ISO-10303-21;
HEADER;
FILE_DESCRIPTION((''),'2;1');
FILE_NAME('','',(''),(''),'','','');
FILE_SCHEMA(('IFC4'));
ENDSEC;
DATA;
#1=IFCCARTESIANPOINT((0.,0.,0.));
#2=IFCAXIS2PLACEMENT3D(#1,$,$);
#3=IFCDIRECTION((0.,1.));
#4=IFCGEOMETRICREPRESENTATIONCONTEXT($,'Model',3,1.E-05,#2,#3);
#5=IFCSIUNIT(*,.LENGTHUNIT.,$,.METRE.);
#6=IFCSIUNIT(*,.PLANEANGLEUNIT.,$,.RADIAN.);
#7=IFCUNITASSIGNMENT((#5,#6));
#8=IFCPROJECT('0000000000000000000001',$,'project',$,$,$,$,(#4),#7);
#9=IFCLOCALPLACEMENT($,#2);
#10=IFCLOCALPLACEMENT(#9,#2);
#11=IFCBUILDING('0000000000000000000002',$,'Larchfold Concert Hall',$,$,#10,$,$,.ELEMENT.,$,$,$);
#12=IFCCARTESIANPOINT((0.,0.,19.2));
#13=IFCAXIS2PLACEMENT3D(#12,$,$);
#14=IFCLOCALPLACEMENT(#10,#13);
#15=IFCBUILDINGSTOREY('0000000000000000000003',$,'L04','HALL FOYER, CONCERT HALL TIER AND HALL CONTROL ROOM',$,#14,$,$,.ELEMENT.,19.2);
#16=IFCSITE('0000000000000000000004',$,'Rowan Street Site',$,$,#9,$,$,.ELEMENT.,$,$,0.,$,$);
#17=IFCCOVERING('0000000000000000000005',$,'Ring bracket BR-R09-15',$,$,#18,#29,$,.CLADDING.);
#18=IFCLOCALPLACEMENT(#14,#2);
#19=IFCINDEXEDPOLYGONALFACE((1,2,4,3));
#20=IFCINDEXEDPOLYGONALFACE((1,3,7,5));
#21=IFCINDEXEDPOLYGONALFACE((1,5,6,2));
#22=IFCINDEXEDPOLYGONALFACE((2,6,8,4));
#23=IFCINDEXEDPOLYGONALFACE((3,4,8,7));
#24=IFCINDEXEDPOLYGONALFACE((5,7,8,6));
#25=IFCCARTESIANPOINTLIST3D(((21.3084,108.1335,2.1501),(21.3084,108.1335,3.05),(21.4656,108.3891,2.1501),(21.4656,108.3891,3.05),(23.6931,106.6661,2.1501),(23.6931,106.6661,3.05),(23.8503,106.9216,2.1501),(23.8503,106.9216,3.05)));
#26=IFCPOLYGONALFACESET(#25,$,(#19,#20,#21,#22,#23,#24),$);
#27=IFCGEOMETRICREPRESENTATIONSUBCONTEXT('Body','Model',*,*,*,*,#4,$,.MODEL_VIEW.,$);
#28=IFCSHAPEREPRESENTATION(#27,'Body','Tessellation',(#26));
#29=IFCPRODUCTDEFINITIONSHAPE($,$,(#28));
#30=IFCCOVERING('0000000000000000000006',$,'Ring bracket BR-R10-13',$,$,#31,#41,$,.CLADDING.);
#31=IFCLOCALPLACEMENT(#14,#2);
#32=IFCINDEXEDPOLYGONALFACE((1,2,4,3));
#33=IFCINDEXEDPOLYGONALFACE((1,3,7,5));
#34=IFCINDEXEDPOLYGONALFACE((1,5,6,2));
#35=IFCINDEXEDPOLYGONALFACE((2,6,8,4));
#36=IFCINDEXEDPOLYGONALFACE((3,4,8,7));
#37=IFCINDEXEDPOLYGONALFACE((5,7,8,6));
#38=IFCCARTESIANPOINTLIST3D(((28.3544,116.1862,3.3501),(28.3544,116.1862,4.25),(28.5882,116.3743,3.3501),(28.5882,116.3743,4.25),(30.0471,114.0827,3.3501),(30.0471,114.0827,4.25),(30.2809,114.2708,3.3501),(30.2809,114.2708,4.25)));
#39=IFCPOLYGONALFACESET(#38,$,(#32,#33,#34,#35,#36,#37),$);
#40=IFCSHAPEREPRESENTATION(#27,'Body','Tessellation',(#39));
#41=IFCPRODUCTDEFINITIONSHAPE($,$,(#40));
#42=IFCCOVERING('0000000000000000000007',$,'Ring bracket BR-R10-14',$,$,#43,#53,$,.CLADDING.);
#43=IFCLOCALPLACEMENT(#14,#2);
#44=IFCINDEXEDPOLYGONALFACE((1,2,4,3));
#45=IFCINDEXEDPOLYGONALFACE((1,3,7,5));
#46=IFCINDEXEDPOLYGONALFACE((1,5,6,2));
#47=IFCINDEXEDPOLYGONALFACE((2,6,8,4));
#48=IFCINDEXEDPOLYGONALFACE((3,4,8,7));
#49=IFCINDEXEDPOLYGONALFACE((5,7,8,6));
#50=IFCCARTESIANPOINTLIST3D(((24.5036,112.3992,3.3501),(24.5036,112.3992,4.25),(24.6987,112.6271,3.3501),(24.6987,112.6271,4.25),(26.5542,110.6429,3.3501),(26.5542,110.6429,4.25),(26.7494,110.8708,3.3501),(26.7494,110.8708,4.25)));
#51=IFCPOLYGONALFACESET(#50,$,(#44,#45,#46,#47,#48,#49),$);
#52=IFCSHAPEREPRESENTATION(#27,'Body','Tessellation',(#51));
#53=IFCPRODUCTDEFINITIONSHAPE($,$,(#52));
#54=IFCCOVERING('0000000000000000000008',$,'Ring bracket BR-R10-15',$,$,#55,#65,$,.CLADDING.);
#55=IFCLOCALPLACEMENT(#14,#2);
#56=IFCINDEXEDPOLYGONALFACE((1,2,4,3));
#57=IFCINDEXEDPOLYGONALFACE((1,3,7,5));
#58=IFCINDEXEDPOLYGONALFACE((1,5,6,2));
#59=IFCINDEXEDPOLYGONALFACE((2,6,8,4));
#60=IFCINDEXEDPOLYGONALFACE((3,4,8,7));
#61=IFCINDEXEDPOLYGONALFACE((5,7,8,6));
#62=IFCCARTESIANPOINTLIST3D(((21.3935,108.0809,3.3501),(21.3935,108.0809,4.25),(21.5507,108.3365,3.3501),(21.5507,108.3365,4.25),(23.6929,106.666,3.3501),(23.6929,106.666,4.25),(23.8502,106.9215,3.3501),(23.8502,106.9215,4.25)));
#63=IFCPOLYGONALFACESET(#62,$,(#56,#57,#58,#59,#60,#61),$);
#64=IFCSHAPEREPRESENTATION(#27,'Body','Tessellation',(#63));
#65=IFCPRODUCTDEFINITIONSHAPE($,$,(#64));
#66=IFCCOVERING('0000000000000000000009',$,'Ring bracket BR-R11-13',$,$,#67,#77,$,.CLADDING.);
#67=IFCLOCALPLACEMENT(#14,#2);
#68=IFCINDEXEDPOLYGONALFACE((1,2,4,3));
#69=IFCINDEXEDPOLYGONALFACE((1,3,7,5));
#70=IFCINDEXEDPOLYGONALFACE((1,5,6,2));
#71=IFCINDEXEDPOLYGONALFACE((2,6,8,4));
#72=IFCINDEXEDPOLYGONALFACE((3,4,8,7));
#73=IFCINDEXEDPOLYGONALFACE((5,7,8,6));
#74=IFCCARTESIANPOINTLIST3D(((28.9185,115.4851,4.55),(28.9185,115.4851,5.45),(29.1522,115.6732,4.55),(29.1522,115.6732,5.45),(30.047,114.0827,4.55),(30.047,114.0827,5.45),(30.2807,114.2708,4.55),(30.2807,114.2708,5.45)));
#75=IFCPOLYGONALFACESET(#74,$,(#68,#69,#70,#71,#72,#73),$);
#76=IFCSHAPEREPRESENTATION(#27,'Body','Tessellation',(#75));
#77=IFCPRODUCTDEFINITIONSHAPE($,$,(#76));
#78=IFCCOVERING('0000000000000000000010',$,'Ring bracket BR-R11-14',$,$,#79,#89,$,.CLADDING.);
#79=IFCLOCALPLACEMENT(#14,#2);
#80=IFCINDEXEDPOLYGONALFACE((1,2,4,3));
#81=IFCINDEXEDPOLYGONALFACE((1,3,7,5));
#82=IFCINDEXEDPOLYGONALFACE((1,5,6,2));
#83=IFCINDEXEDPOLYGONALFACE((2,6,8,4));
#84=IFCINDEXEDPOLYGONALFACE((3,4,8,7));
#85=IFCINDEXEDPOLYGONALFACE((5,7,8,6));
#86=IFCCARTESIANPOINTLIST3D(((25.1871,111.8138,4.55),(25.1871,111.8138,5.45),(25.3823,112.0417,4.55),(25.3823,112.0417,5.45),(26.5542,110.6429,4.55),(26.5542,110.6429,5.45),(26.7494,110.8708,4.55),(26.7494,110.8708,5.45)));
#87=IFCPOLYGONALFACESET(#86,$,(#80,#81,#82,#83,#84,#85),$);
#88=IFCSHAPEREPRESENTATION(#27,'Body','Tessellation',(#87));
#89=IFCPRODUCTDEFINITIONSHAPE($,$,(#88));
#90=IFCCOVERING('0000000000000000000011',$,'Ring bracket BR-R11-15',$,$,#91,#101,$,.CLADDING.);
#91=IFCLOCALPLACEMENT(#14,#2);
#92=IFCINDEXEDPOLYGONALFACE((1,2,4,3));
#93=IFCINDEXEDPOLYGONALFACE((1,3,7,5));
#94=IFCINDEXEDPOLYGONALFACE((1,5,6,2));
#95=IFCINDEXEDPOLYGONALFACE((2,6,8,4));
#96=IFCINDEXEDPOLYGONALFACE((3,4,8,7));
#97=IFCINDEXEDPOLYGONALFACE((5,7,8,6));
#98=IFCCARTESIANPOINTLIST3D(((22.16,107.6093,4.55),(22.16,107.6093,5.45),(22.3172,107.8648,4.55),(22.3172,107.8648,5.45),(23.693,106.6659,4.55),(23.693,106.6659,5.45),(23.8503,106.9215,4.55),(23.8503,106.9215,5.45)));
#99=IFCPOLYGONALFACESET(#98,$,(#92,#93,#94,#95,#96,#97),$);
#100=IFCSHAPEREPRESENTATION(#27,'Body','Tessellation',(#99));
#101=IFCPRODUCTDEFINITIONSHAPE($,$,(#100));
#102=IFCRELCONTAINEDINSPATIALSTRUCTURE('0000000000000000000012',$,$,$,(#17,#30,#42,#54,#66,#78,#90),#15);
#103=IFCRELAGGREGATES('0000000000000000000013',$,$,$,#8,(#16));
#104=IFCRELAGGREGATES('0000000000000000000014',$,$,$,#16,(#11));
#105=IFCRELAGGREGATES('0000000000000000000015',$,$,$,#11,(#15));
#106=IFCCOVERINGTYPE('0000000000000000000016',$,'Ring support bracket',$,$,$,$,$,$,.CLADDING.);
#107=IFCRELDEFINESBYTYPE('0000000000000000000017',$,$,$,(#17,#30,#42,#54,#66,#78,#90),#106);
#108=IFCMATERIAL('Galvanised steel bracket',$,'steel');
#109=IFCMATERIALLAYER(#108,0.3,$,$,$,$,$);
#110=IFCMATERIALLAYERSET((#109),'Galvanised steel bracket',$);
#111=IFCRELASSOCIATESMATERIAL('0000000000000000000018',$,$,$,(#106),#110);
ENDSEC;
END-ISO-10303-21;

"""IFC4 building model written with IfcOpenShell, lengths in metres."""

from ifc_helpers import new_model, si_unit, direction, frame, origin, origin_2d, place, context, subcontext, project, spatial, rectangle, extrude, material, layer, layer_set, type_object, element, save


model = new_model("IFC4")

# Units and contexts
model_context = context("Model", 3, precision=1e-05, world=origin(), true_north=direction((0.0, 1.0)))
body_context = subcontext(model_context, "Body", "Model", "MODEL_VIEW")
ifc_project = project(units=[si_unit("LENGTHUNIT", "METRE"), si_unit("PLANEANGLEUNIT", "RADIAN")], contexts=[model_context])

# Site, building, storey
site_placement = place(None, origin())
site = spatial("IfcSite", under=ifc_project, at=site_placement, Name="Rowan Street Site", CompositionType="ELEMENT", RefElevation=0.0)
building_placement = place(site_placement, origin())
building = spatial("IfcBuilding", under=site, at=building_placement, Name="Larchfold Concert Hall", CompositionType="ELEMENT")
storey_placement = place(building_placement, frame((0.0, 0.0, 19.2)))
storey = spatial("IfcBuildingStorey", under=building, at=storey_placement, Name="L04", Description="HALL FOYER, CONCERT HALL TIER AND HALL CONTROL ROOM", CompositionType="ELEMENT", Elevation=19.2)

# Coverings
ifc_material_1 = material(Name="Galvanised steel bracket", Category="steel")
ifc_layer_1 = layer(ifc_material_1, 0.3)
ifc_layer_set_1 = layer_set([ifc_layer_1], Name="Galvanised steel bracket")
covering_type = type_object("IfcCoveringType", Name="Ring support bracket", PredefinedType="CLADDING", material=ifc_layer_set_1)
for number, where, z_axis, x_axis, name in (
    (1, (22.5793, 107.5276, 2.1501), (0.0, 0.0, 1.0), (-0.851675, 0.52407, 0.0), "Ring bracket BR-R09-15"),
):
    element("IfcCovering", number, at=place(storey_placement, frame(where, z_axis=z_axis, x_axis=x_axis)), inside=storey, type_object=covering_type, Name=name, PredefinedType="CLADDING", context=body_context, shape_type="SweptSolid", body=[
        extrude(rectangle(XDim=2.8, YDim=0.3, at=origin_2d()), origin(), (0.0, 0.0, 1.0), 0.8999),
    ])
for number, where, z_axis, x_axis, name in (
    (2, (29.3176, 115.2285, 3.3501), (0.0, 0.0, 1.0), (-0.626933, 0.779073, 0.0), "Ring bracket BR-R10-13"),
    (3, (25.6265, 111.635, 3.3501), (0.0, 0.0, 1.0), (-0.759502, 0.650505, 0.0), "Ring bracket BR-R10-14"),
    (4, (22.6218, 107.5012, 3.3501), (0.0, 0.0, 1.0), (-0.851675, 0.52407, 0.0), "Ring bracket BR-R10-15"),
):
    element("IfcCovering", number, at=place(storey_placement, frame(where, z_axis=z_axis, x_axis=x_axis)), inside=storey, type_object=covering_type, Name=name, PredefinedType="CLADDING", context=body_context, shape_type="SweptSolid", body=[
        extrude(rectangle(XDim=2.7, YDim=0.3, at=origin_2d()), origin(), (0.0, 0.0, 1.0), 0.8999),
    ])
for number, where, z_axis, x_axis, name in (
    (5, (29.5996, 114.8779, 4.55), (0.0, 0.0, 1.0), (-0.626933, 0.779073, 0.0), "Ring bracket BR-R11-13"),
    (6, (25.9683, 111.3423, 4.55), (0.0, 0.0, 1.0), (-0.759502, 0.650505, 0.0), "Ring bracket BR-R11-14"),
    (7, (23.0051, 107.2654, 4.55), (0.0, 0.0, 1.0), (-0.851675, 0.52407, 0.0), "Ring bracket BR-R11-15"),
):
    element("IfcCovering", number, at=place(storey_placement, frame(where, z_axis=z_axis, x_axis=x_axis)), inside=storey, type_object=covering_type, Name=name, PredefinedType="CLADDING", context=body_context, shape_type="SweptSolid", body=[
        extrude(rectangle(XDim=1.8, YDim=0.3, at=origin_2d()), origin(), (0.0, 0.0, 1.0), 0.8999),
    ])

save(model, "model.ifc")
